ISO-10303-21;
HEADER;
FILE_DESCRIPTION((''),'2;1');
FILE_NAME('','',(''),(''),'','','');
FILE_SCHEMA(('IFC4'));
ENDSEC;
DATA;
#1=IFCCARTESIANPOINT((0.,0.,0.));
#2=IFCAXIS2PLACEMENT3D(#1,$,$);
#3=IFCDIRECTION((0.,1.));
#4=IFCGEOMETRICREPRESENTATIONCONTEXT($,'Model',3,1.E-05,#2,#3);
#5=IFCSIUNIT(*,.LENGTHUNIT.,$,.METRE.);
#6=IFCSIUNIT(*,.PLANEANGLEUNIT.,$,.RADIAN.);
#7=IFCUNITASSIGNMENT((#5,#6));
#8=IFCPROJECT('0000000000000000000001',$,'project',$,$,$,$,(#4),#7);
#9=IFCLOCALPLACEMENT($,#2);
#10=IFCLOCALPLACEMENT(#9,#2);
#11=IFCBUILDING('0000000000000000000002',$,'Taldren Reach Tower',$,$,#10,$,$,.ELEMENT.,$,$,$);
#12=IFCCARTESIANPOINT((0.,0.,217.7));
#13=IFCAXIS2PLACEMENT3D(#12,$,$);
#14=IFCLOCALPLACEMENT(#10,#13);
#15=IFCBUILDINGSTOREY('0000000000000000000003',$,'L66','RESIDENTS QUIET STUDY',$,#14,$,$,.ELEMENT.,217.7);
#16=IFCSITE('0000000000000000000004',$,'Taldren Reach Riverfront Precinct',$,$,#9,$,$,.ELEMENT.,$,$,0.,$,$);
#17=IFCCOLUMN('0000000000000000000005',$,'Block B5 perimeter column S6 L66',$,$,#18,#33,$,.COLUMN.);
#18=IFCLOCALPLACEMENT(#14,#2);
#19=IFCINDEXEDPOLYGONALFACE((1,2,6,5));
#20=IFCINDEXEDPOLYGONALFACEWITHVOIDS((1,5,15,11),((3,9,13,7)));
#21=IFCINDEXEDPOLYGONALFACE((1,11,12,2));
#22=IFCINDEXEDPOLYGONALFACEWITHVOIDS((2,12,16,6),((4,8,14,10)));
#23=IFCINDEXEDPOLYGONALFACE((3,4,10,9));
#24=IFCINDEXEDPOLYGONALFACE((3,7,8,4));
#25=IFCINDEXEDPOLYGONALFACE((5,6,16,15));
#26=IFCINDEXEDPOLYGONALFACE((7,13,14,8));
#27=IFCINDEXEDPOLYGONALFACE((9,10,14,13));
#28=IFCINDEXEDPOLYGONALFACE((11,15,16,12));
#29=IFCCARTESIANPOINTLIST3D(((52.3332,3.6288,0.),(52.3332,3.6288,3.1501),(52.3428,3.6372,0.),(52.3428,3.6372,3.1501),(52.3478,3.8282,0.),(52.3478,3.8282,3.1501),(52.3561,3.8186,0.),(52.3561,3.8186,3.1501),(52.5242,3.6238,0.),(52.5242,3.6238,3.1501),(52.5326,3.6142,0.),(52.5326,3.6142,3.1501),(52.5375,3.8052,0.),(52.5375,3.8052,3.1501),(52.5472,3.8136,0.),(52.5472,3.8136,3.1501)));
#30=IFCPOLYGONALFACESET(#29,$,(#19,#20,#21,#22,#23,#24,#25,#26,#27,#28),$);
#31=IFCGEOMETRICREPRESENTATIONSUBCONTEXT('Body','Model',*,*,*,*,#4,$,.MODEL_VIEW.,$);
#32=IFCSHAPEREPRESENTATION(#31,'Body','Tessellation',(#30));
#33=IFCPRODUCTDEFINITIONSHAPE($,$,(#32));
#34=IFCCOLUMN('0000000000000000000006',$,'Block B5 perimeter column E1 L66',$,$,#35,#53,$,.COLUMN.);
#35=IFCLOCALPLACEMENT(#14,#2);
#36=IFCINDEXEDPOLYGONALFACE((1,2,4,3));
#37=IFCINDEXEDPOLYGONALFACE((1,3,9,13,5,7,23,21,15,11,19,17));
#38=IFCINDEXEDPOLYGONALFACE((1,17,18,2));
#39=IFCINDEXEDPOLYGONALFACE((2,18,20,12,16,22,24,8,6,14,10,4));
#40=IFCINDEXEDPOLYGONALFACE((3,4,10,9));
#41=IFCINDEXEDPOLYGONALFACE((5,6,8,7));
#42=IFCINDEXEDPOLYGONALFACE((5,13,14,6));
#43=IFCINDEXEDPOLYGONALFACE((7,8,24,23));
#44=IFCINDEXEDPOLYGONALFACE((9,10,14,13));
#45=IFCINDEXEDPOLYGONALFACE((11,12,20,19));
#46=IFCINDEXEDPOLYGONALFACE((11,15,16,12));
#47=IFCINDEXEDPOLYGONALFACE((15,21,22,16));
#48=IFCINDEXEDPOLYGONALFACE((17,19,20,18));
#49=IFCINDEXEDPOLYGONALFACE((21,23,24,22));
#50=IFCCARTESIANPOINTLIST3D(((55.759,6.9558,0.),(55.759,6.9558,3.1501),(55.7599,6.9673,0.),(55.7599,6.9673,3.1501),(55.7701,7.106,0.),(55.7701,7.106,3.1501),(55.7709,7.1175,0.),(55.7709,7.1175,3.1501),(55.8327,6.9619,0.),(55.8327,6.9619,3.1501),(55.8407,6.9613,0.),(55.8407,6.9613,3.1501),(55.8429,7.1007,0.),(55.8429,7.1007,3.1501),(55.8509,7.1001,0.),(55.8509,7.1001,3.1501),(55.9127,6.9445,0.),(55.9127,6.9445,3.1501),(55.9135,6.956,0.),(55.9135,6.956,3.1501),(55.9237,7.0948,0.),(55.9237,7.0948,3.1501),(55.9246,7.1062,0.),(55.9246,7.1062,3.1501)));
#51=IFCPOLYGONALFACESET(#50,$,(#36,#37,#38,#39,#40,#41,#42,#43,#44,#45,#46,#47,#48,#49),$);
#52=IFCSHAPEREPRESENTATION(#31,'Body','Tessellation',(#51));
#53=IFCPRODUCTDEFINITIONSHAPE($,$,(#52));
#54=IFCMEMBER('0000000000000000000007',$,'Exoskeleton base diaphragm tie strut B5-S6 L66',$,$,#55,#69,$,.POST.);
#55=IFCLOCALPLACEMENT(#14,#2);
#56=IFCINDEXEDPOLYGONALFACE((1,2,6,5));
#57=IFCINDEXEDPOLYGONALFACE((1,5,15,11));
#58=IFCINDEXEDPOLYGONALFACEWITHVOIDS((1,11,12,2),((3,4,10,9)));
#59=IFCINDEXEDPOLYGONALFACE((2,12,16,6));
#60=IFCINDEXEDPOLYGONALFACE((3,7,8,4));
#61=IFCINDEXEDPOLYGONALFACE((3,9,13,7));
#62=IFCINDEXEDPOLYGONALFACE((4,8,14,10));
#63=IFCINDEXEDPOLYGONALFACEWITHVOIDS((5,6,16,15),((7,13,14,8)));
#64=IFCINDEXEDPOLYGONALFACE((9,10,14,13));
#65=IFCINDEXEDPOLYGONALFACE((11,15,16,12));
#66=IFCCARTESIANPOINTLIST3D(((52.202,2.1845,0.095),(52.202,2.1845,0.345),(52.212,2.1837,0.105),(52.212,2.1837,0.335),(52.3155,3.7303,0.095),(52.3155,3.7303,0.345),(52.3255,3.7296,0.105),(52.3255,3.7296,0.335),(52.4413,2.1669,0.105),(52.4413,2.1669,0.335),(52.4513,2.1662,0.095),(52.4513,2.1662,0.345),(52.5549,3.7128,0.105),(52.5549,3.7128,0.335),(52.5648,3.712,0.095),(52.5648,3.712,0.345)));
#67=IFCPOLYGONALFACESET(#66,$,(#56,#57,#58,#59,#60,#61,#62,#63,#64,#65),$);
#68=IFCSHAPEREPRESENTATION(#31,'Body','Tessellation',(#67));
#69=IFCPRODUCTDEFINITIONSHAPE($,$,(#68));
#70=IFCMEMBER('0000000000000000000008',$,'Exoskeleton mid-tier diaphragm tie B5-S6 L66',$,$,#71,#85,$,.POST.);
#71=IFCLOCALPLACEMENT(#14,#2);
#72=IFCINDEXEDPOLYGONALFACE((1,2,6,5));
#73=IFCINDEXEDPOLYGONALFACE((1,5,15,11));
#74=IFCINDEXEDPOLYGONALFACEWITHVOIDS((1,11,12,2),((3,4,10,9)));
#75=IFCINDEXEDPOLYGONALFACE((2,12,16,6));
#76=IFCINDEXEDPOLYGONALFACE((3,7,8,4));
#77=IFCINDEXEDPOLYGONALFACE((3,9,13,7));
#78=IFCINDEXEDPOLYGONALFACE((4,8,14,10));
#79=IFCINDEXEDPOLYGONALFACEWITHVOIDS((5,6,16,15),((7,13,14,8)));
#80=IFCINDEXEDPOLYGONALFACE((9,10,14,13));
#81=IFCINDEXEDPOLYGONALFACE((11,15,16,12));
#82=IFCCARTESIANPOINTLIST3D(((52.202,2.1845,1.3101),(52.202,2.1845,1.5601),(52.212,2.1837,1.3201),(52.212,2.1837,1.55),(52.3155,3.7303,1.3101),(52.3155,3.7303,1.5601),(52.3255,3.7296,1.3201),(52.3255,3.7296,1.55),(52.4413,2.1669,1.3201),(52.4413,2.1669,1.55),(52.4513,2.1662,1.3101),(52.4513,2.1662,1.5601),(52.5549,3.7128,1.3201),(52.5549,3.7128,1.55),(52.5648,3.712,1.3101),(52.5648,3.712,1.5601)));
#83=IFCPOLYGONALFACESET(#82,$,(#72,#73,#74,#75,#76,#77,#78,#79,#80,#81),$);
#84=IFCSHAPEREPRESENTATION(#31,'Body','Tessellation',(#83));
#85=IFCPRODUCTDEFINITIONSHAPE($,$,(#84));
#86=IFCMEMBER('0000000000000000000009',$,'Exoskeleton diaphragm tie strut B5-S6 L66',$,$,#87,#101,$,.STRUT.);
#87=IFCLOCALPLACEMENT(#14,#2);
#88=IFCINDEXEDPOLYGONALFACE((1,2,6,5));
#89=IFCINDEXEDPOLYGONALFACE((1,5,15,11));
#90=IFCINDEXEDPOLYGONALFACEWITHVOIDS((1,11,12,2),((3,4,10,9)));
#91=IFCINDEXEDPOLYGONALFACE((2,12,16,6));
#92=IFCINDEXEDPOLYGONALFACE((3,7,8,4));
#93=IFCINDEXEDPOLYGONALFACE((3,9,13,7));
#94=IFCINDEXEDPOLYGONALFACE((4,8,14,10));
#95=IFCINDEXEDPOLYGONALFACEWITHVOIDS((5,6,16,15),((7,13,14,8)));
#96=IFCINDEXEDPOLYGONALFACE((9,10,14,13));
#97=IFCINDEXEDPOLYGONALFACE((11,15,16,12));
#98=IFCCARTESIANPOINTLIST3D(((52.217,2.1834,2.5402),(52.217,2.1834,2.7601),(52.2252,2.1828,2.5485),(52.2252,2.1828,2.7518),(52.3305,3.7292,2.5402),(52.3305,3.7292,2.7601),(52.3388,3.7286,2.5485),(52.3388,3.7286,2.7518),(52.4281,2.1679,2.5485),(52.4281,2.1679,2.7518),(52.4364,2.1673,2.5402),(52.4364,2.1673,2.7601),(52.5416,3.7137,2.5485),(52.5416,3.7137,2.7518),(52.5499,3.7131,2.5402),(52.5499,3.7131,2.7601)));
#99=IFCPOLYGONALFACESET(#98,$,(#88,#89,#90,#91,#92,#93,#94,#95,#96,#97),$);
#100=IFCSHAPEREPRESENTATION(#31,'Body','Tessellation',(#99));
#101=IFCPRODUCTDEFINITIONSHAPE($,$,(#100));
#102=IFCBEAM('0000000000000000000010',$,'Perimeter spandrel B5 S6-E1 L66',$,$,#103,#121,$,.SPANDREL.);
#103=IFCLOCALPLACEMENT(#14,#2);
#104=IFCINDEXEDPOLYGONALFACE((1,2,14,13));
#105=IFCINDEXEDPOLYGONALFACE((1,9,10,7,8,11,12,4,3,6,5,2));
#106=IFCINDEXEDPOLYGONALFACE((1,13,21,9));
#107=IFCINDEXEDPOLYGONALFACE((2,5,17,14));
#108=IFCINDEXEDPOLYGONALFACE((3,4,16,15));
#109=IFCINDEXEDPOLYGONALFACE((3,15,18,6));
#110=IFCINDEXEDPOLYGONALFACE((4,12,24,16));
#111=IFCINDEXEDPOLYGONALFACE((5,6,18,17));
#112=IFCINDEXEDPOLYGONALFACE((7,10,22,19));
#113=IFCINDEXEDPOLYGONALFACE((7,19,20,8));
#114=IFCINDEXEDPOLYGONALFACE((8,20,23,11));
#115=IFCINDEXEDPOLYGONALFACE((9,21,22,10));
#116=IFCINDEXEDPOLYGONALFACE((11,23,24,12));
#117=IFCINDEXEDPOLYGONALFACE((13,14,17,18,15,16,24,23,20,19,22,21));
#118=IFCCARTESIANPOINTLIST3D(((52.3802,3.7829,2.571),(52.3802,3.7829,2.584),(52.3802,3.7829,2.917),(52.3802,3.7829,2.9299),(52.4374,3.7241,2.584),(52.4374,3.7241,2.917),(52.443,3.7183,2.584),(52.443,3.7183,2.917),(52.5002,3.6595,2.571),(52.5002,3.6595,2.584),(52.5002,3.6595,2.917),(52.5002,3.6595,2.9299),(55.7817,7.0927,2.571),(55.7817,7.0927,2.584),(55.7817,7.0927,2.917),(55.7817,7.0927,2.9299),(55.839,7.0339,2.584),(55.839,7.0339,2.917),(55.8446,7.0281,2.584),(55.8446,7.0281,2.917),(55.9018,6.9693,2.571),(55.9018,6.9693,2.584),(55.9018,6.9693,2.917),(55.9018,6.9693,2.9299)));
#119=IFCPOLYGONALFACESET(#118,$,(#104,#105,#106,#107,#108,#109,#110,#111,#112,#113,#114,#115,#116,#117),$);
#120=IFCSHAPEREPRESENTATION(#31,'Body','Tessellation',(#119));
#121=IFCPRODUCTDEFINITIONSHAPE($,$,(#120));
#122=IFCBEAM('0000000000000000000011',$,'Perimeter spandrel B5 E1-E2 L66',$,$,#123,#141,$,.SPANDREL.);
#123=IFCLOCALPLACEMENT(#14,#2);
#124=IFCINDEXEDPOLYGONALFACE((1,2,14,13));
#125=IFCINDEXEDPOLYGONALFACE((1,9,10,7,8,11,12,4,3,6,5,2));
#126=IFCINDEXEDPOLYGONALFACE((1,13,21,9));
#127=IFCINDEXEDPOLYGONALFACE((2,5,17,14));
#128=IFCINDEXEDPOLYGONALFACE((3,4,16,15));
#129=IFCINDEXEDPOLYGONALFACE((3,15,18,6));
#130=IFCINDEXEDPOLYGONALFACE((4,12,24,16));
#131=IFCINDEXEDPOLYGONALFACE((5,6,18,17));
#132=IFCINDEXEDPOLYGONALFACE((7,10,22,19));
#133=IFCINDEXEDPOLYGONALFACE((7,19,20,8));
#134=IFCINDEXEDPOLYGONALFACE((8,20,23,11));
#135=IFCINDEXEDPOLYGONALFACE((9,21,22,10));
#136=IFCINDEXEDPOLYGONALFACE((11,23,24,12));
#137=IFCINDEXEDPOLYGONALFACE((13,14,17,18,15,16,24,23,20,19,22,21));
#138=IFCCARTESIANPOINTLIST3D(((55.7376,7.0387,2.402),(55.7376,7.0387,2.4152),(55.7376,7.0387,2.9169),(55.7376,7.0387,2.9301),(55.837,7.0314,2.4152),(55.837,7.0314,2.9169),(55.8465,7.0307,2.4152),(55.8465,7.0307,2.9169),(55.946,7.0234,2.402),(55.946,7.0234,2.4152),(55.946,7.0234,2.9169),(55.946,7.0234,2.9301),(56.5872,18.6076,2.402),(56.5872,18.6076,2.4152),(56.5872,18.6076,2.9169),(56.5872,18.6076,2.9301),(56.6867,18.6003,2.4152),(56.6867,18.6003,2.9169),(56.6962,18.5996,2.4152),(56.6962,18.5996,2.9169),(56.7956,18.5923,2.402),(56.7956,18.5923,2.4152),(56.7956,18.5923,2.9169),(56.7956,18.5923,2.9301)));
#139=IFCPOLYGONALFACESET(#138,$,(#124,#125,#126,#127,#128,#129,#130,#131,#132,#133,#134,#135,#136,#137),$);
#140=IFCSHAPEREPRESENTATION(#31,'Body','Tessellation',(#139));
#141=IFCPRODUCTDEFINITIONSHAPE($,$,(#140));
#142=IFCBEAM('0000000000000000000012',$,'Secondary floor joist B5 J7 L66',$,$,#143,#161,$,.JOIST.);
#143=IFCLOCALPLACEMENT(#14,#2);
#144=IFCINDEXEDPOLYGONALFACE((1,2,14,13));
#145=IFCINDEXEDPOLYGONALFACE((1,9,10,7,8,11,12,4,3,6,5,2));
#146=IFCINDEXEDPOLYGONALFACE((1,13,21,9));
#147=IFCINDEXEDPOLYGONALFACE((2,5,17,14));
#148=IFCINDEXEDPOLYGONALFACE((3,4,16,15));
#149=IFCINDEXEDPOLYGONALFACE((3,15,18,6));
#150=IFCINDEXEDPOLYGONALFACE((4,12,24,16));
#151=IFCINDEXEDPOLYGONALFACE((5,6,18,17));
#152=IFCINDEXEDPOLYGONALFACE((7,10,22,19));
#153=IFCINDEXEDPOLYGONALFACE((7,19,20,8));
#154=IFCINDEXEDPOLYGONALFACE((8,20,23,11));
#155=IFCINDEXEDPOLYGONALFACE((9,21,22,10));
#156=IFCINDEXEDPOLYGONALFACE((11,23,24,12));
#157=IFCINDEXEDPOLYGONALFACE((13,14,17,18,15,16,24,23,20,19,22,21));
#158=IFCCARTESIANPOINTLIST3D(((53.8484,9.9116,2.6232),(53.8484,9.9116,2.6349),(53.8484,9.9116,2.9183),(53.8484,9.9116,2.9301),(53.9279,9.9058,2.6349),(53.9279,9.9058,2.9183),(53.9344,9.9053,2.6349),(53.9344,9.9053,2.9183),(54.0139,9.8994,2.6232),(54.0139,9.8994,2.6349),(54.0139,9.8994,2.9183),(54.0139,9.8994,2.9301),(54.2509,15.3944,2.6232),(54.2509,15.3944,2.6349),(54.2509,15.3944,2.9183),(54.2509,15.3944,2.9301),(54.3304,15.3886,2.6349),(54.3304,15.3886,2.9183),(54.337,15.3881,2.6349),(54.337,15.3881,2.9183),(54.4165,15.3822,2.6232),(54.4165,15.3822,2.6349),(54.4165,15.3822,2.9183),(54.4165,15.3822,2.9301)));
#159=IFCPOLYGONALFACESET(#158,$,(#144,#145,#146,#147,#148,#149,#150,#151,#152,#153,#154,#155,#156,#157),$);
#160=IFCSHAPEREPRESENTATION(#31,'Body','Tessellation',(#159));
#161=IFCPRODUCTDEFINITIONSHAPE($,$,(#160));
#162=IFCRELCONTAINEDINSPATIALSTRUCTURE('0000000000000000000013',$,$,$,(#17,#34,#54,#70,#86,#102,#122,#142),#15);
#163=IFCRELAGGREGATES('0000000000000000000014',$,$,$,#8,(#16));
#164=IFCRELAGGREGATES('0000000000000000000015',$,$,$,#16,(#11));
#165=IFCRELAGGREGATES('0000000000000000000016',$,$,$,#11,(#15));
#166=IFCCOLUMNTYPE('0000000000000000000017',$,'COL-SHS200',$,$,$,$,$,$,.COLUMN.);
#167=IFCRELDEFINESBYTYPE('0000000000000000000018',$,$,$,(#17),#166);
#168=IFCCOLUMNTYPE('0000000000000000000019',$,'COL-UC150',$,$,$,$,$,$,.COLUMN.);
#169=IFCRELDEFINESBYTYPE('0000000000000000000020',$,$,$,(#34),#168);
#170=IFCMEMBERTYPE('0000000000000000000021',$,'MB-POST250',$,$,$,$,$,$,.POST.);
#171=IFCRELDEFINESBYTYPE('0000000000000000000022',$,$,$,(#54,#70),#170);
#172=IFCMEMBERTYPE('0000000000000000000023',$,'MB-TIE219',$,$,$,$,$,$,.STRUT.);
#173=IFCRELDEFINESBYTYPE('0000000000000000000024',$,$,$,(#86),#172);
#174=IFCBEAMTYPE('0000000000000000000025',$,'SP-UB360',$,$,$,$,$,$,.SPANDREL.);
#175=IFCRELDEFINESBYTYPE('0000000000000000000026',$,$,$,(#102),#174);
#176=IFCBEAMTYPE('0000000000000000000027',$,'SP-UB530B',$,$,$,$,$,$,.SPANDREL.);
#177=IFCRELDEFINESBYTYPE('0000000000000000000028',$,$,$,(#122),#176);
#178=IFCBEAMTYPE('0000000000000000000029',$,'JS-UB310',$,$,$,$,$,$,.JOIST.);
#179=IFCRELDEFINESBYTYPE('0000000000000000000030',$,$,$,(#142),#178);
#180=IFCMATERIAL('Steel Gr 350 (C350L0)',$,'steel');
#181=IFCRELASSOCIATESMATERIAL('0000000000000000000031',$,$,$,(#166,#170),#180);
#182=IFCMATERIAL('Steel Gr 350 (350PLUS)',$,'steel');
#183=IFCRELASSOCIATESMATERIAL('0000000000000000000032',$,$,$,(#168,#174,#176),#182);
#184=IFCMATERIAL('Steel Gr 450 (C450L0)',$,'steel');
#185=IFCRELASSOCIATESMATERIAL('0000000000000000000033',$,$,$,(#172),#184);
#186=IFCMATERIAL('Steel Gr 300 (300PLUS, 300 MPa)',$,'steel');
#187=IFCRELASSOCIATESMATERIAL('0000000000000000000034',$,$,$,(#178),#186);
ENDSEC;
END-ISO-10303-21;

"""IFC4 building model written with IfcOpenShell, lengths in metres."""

from ifc_helpers import new_model, si_unit, direction, frame, origin, origin_2d, place, context, subcontext, project, spatial, hollow_rectangle, i_section, extrude, source, transform, mapped, material, material_profile, profile_set, type_object, element, save


model = new_model("IFC4")

# Units and contexts
model_context = context("Model", 3, precision=1e-05, world=origin(), true_north=direction((0.0, 1.0)))
body_context = subcontext(model_context, "Body", "Model", "MODEL_VIEW")
ifc_project = project(units=[si_unit("LENGTHUNIT", "METRE"), si_unit("PLANEANGLEUNIT", "RADIAN")], contexts=[model_context])

# Site, building, storey
site_placement = place(None, origin())
site = spatial("IfcSite", under=ifc_project, at=site_placement, Name="Taldren Reach Riverfront Precinct", CompositionType="ELEMENT", RefElevation=0.0)
building_placement = place(site_placement, origin())
building = spatial("IfcBuilding", under=site, at=building_placement, Name="Taldren Reach Tower", CompositionType="ELEMENT")
storey_placement = place(building_placement, frame((0.0, 0.0, 217.7)))
storey = spatial("IfcBuildingStorey", under=building, at=storey_placement, Name="L66", Description="RESIDENTS QUIET STUDY", CompositionType="ELEMENT", Elevation=217.7)

# Columns
ifc_material_1 = material(Name="Steel Gr 350 (C350L0)", Category="steel")
ifc_material_profile_1 = material_profile(ifc_material_1, hollow_rectangle(XDim=0.2, YDim=0.2, WallThickness=0.009, at=origin_2d()), Name="200x200x9.0SHS")
ifc_profile_set_1 = profile_set([ifc_material_profile_1], Name="Steel Gr 350 (C350L0)")
column_type_1 = type_object("IfcColumnType", Name="COL-SHS200", PredefinedType="COLUMN", material=ifc_profile_set_1)
shared_shape_1 = source(origin(), body_context, "Body", "SweptSolid", [
    extrude(hollow_rectangle(XDim=0.2, YDim=0.2, WallThickness=0.009, at=origin_2d()), origin(), (0.0, 0.0, 1.0), 3.1501),
])
column_1_placement = place(storey_placement, frame((52.4402, 3.7212, 0.0), z_axis=(0.0, 0.0, 1.0), x_axis=(0.997314, -0.073238, 0.0)))
element("IfcColumn", 1, at=column_1_placement, inside=storey, type_object=column_type_1, Name="Block B5 perimeter column S6 L66", PredefinedType="COLUMN", context=body_context, shape_type="MappedRepresentation", body=[
    mapped(shared_shape_1, transform((0.0, 0.0, 0.0), scale=1.0)),
])
ifc_material_2 = material(Name="Steel Gr 350 (350PLUS)", Category="steel")
ifc_material_profile_2 = material_profile(ifc_material_2, i_section(OverallWidth=0.1541, OverallDepth=0.1621, WebThickness=0.0081, FlangeThickness=0.0115, at=origin_2d()), Name="150UC37.2")
ifc_profile_set_2 = profile_set([ifc_material_profile_2], Name="Steel Gr 350 (350PLUS)")
column_type_2 = type_object("IfcColumnType", Name="COL-UC150", PredefinedType="COLUMN", material=ifc_profile_set_2)
shared_shape_2 = source(origin(), body_context, "Body", "SweptSolid", [
    extrude(i_section(OverallWidth=0.1541, OverallDepth=0.1621, WebThickness=0.0081, FlangeThickness=0.0115, at=origin_2d()), origin(), (0.0, 0.0, 1.0), 3.1501),
])
column_2_placement = place(storey_placement, frame((55.8418, 7.031, 0.0), z_axis=(0.0, 0.0, 1.0), x_axis=(0.997314, -0.073238, 0.0)))
element("IfcColumn", 2, at=column_2_placement, inside=storey, type_object=column_type_2, Name="Block B5 perimeter column E1 L66", PredefinedType="COLUMN", context=body_context, shape_type="MappedRepresentation", body=[
    mapped(shared_shape_2, transform((0.0, 0.0, 0.0), scale=1.0)),
])

# Members
ifc_material_profile_3 = material_profile(ifc_material_1, hollow_rectangle(XDim=0.25, YDim=0.25, WallThickness=0.01, at=origin_2d()), Name="250x250x10.0SHS")
ifc_profile_set_3 = profile_set([ifc_material_profile_3], Name="Steel Gr 350 (C350L0)")
member_type_1 = type_object("IfcMemberType", Name="MB-POST250", PredefinedType="POST", material=ifc_profile_set_3)
shared_shape_3 = source(origin(), body_context, "Body", "SweptSolid", [
    extrude(hollow_rectangle(XDim=0.25, YDim=0.25, WallThickness=0.01, at=origin_2d()), origin(), (0.0, 0.0, 1.0), 1.55),
])
for number, where, z_axis, x_axis, name in (
    (3, (52.4402, 3.7212, 0.22), (-0.073239, -0.997314, 0.0), (0.997314, -0.073239, 0.0), "Exoskeleton base diaphragm tie strut B5-S6 L66"),
    (4, (52.4402, 3.7212, 1.4351), (-0.073239, -0.997314, 0.0), (0.997314, -0.073239, 0.0), "Exoskeleton mid-tier diaphragm tie B5-S6 L66"),
):
    element("IfcMember", number, at=place(storey_placement, frame(where, z_axis=z_axis, x_axis=x_axis)), inside=storey, type_object=member_type_1, Name=name, PredefinedType="POST", context=body_context, shape_type="MappedRepresentation", body=[
        mapped(shared_shape_3, transform((0.0, 0.0, 0.0), scale=1.0)),
    ])
ifc_material_3 = material(Name="Steel Gr 450 (C450L0)", Category="steel")
ifc_material_profile_4 = material_profile(ifc_material_3, hollow_rectangle(XDim=0.22, YDim=0.22, WallThickness=0.0083, at=origin_2d()), Name="220x220x8.2SHS")
ifc_profile_set_4 = profile_set([ifc_material_profile_4], Name="Steel Gr 450 (C450L0)")
member_type_2 = type_object("IfcMemberType", Name="MB-TIE219", PredefinedType="STRUT", material=ifc_profile_set_4)
shared_shape_4 = source(origin(), body_context, "Body", "SweptSolid", [
    extrude(hollow_rectangle(XDim=0.22, YDim=0.22, WallThickness=0.0083, at=origin_2d()), origin(), (0.0, 0.0, 1.0), 1.55),
])
member_1_placement = place(storey_placement, frame((52.4402, 3.7212, 2.6501), z_axis=(-0.073239, -0.997314, 0.0), x_axis=(0.997314, -0.073239, 0.0)))
element("IfcMember", 5, at=member_1_placement, inside=storey, type_object=member_type_2, Name="Exoskeleton diaphragm tie strut B5-S6 L66", PredefinedType="STRUT", context=body_context, shape_type="MappedRepresentation", body=[
    mapped(shared_shape_4, transform((0.0, 0.0, 0.0), scale=1.0)),
])

# Beams
ifc_material_profile_5 = material_profile(ifc_material_2, i_section(OverallWidth=0.1721, OverallDepth=0.3589, WebThickness=0.0081, FlangeThickness=0.0129, at=origin_2d()), Name="360UB56.7")
ifc_profile_set_5 = profile_set([ifc_material_profile_5], Name="Steel Gr 350 (350PLUS)")
beam_type_1 = type_object("IfcBeamType", Name="SP-UB360", PredefinedType="SPANDREL", material=ifc_profile_set_5)
shared_shape_5 = source(origin(), body_context, "Body", "SweptSolid", [
    extrude(i_section(OverallWidth=0.1721, OverallDepth=0.3589, WebThickness=0.0081, FlangeThickness=0.0129, at=origin_2d()), origin(), (0.0, 0.0, 1.0), 4.7461),
])
beam_1_placement = place(storey_placement, frame((52.4402, 3.7212, 2.7505), z_axis=(0.716711, 0.69737, 0.0), x_axis=(-0.69737, 0.716711, 0.0)))
element("IfcBeam", 6, at=beam_1_placement, inside=storey, type_object=beam_type_1, Name="Perimeter spandrel B5 S6-E1 L66", PredefinedType="SPANDREL", context=body_context, shape_type="MappedRepresentation", body=[
    mapped(shared_shape_5, transform((0.0, 0.0, 0.0), scale=1.0)),
])
ifc_material_profile_6 = material_profile(ifc_material_2, i_section(OverallWidth=0.209, OverallDepth=0.5281, WebThickness=0.0095, FlangeThickness=0.0132, at=origin_2d()), Name="530UB82.0")
ifc_profile_set_6 = profile_set([ifc_material_profile_6], Name="Steel Gr 350 (350PLUS)")
beam_type_2 = type_object("IfcBeamType", Name="SP-UB530B", PredefinedType="SPANDREL", material=ifc_profile_set_6)
shared_shape_6 = source(origin(), body_context, "Body", "SweptSolid", [
    extrude(i_section(OverallWidth=0.209, OverallDepth=0.5281, WebThickness=0.0095, FlangeThickness=0.0132, at=origin_2d()), origin(), (0.0, 0.0, 1.0), 11.6001),
])
beam_2_placement = place(storey_placement, frame((55.8418, 7.031, 2.666), z_axis=(0.073242, 0.997314, 0.0), x_axis=(-0.997314, 0.073242, 0.0)))
element("IfcBeam", 7, at=beam_2_placement, inside=storey, type_object=beam_type_2, Name="Perimeter spandrel B5 E1-E2 L66", PredefinedType="SPANDREL", context=body_context, shape_type="MappedRepresentation", body=[
    mapped(shared_shape_6, transform((0.0, 0.0, 0.0), scale=1.0)),
])
ifc_material_4 = material(Name="Steel Gr 300 (300PLUS, 300 MPa)", Category="steel")
ifc_material_profile_7 = material_profile(ifc_material_4, i_section(OverallWidth=0.166, OverallDepth=0.3069, WebThickness=0.0066, FlangeThickness=0.0117, at=origin_2d()), Name="310UB46.2")
ifc_profile_set_7 = profile_set([ifc_material_profile_7], Name="Steel Gr 300 (300PLUS, 300 MPa)")
beam_type_3 = type_object("IfcBeamType", Name="JS-UB310", PredefinedType="JOIST", material=ifc_profile_set_7)
shared_shape_7 = source(origin(), body_context, "Body", "SweptSolid", [
    extrude(i_section(OverallWidth=0.166, OverallDepth=0.3069, WebThickness=0.0066, FlangeThickness=0.0117, at=origin_2d()), origin(), (0.0, 0.0, 1.0), 5.4976),
])
beam_3_placement = place(storey_placement, frame((53.9312, 9.9055, 2.7766), z_axis=(0.073229, 0.997315, 0.0), x_axis=(-0.997315, 0.073229, 0.0)))
element("IfcBeam", 8, at=beam_3_placement, inside=storey, type_object=beam_type_3, Name="Secondary floor joist B5 J7 L66", PredefinedType="JOIST", context=body_context, shape_type="MappedRepresentation", body=[
    mapped(shared_shape_7, transform((0.0, 0.0, 0.0), scale=1.0)),
])

save(model, "model.ifc")
